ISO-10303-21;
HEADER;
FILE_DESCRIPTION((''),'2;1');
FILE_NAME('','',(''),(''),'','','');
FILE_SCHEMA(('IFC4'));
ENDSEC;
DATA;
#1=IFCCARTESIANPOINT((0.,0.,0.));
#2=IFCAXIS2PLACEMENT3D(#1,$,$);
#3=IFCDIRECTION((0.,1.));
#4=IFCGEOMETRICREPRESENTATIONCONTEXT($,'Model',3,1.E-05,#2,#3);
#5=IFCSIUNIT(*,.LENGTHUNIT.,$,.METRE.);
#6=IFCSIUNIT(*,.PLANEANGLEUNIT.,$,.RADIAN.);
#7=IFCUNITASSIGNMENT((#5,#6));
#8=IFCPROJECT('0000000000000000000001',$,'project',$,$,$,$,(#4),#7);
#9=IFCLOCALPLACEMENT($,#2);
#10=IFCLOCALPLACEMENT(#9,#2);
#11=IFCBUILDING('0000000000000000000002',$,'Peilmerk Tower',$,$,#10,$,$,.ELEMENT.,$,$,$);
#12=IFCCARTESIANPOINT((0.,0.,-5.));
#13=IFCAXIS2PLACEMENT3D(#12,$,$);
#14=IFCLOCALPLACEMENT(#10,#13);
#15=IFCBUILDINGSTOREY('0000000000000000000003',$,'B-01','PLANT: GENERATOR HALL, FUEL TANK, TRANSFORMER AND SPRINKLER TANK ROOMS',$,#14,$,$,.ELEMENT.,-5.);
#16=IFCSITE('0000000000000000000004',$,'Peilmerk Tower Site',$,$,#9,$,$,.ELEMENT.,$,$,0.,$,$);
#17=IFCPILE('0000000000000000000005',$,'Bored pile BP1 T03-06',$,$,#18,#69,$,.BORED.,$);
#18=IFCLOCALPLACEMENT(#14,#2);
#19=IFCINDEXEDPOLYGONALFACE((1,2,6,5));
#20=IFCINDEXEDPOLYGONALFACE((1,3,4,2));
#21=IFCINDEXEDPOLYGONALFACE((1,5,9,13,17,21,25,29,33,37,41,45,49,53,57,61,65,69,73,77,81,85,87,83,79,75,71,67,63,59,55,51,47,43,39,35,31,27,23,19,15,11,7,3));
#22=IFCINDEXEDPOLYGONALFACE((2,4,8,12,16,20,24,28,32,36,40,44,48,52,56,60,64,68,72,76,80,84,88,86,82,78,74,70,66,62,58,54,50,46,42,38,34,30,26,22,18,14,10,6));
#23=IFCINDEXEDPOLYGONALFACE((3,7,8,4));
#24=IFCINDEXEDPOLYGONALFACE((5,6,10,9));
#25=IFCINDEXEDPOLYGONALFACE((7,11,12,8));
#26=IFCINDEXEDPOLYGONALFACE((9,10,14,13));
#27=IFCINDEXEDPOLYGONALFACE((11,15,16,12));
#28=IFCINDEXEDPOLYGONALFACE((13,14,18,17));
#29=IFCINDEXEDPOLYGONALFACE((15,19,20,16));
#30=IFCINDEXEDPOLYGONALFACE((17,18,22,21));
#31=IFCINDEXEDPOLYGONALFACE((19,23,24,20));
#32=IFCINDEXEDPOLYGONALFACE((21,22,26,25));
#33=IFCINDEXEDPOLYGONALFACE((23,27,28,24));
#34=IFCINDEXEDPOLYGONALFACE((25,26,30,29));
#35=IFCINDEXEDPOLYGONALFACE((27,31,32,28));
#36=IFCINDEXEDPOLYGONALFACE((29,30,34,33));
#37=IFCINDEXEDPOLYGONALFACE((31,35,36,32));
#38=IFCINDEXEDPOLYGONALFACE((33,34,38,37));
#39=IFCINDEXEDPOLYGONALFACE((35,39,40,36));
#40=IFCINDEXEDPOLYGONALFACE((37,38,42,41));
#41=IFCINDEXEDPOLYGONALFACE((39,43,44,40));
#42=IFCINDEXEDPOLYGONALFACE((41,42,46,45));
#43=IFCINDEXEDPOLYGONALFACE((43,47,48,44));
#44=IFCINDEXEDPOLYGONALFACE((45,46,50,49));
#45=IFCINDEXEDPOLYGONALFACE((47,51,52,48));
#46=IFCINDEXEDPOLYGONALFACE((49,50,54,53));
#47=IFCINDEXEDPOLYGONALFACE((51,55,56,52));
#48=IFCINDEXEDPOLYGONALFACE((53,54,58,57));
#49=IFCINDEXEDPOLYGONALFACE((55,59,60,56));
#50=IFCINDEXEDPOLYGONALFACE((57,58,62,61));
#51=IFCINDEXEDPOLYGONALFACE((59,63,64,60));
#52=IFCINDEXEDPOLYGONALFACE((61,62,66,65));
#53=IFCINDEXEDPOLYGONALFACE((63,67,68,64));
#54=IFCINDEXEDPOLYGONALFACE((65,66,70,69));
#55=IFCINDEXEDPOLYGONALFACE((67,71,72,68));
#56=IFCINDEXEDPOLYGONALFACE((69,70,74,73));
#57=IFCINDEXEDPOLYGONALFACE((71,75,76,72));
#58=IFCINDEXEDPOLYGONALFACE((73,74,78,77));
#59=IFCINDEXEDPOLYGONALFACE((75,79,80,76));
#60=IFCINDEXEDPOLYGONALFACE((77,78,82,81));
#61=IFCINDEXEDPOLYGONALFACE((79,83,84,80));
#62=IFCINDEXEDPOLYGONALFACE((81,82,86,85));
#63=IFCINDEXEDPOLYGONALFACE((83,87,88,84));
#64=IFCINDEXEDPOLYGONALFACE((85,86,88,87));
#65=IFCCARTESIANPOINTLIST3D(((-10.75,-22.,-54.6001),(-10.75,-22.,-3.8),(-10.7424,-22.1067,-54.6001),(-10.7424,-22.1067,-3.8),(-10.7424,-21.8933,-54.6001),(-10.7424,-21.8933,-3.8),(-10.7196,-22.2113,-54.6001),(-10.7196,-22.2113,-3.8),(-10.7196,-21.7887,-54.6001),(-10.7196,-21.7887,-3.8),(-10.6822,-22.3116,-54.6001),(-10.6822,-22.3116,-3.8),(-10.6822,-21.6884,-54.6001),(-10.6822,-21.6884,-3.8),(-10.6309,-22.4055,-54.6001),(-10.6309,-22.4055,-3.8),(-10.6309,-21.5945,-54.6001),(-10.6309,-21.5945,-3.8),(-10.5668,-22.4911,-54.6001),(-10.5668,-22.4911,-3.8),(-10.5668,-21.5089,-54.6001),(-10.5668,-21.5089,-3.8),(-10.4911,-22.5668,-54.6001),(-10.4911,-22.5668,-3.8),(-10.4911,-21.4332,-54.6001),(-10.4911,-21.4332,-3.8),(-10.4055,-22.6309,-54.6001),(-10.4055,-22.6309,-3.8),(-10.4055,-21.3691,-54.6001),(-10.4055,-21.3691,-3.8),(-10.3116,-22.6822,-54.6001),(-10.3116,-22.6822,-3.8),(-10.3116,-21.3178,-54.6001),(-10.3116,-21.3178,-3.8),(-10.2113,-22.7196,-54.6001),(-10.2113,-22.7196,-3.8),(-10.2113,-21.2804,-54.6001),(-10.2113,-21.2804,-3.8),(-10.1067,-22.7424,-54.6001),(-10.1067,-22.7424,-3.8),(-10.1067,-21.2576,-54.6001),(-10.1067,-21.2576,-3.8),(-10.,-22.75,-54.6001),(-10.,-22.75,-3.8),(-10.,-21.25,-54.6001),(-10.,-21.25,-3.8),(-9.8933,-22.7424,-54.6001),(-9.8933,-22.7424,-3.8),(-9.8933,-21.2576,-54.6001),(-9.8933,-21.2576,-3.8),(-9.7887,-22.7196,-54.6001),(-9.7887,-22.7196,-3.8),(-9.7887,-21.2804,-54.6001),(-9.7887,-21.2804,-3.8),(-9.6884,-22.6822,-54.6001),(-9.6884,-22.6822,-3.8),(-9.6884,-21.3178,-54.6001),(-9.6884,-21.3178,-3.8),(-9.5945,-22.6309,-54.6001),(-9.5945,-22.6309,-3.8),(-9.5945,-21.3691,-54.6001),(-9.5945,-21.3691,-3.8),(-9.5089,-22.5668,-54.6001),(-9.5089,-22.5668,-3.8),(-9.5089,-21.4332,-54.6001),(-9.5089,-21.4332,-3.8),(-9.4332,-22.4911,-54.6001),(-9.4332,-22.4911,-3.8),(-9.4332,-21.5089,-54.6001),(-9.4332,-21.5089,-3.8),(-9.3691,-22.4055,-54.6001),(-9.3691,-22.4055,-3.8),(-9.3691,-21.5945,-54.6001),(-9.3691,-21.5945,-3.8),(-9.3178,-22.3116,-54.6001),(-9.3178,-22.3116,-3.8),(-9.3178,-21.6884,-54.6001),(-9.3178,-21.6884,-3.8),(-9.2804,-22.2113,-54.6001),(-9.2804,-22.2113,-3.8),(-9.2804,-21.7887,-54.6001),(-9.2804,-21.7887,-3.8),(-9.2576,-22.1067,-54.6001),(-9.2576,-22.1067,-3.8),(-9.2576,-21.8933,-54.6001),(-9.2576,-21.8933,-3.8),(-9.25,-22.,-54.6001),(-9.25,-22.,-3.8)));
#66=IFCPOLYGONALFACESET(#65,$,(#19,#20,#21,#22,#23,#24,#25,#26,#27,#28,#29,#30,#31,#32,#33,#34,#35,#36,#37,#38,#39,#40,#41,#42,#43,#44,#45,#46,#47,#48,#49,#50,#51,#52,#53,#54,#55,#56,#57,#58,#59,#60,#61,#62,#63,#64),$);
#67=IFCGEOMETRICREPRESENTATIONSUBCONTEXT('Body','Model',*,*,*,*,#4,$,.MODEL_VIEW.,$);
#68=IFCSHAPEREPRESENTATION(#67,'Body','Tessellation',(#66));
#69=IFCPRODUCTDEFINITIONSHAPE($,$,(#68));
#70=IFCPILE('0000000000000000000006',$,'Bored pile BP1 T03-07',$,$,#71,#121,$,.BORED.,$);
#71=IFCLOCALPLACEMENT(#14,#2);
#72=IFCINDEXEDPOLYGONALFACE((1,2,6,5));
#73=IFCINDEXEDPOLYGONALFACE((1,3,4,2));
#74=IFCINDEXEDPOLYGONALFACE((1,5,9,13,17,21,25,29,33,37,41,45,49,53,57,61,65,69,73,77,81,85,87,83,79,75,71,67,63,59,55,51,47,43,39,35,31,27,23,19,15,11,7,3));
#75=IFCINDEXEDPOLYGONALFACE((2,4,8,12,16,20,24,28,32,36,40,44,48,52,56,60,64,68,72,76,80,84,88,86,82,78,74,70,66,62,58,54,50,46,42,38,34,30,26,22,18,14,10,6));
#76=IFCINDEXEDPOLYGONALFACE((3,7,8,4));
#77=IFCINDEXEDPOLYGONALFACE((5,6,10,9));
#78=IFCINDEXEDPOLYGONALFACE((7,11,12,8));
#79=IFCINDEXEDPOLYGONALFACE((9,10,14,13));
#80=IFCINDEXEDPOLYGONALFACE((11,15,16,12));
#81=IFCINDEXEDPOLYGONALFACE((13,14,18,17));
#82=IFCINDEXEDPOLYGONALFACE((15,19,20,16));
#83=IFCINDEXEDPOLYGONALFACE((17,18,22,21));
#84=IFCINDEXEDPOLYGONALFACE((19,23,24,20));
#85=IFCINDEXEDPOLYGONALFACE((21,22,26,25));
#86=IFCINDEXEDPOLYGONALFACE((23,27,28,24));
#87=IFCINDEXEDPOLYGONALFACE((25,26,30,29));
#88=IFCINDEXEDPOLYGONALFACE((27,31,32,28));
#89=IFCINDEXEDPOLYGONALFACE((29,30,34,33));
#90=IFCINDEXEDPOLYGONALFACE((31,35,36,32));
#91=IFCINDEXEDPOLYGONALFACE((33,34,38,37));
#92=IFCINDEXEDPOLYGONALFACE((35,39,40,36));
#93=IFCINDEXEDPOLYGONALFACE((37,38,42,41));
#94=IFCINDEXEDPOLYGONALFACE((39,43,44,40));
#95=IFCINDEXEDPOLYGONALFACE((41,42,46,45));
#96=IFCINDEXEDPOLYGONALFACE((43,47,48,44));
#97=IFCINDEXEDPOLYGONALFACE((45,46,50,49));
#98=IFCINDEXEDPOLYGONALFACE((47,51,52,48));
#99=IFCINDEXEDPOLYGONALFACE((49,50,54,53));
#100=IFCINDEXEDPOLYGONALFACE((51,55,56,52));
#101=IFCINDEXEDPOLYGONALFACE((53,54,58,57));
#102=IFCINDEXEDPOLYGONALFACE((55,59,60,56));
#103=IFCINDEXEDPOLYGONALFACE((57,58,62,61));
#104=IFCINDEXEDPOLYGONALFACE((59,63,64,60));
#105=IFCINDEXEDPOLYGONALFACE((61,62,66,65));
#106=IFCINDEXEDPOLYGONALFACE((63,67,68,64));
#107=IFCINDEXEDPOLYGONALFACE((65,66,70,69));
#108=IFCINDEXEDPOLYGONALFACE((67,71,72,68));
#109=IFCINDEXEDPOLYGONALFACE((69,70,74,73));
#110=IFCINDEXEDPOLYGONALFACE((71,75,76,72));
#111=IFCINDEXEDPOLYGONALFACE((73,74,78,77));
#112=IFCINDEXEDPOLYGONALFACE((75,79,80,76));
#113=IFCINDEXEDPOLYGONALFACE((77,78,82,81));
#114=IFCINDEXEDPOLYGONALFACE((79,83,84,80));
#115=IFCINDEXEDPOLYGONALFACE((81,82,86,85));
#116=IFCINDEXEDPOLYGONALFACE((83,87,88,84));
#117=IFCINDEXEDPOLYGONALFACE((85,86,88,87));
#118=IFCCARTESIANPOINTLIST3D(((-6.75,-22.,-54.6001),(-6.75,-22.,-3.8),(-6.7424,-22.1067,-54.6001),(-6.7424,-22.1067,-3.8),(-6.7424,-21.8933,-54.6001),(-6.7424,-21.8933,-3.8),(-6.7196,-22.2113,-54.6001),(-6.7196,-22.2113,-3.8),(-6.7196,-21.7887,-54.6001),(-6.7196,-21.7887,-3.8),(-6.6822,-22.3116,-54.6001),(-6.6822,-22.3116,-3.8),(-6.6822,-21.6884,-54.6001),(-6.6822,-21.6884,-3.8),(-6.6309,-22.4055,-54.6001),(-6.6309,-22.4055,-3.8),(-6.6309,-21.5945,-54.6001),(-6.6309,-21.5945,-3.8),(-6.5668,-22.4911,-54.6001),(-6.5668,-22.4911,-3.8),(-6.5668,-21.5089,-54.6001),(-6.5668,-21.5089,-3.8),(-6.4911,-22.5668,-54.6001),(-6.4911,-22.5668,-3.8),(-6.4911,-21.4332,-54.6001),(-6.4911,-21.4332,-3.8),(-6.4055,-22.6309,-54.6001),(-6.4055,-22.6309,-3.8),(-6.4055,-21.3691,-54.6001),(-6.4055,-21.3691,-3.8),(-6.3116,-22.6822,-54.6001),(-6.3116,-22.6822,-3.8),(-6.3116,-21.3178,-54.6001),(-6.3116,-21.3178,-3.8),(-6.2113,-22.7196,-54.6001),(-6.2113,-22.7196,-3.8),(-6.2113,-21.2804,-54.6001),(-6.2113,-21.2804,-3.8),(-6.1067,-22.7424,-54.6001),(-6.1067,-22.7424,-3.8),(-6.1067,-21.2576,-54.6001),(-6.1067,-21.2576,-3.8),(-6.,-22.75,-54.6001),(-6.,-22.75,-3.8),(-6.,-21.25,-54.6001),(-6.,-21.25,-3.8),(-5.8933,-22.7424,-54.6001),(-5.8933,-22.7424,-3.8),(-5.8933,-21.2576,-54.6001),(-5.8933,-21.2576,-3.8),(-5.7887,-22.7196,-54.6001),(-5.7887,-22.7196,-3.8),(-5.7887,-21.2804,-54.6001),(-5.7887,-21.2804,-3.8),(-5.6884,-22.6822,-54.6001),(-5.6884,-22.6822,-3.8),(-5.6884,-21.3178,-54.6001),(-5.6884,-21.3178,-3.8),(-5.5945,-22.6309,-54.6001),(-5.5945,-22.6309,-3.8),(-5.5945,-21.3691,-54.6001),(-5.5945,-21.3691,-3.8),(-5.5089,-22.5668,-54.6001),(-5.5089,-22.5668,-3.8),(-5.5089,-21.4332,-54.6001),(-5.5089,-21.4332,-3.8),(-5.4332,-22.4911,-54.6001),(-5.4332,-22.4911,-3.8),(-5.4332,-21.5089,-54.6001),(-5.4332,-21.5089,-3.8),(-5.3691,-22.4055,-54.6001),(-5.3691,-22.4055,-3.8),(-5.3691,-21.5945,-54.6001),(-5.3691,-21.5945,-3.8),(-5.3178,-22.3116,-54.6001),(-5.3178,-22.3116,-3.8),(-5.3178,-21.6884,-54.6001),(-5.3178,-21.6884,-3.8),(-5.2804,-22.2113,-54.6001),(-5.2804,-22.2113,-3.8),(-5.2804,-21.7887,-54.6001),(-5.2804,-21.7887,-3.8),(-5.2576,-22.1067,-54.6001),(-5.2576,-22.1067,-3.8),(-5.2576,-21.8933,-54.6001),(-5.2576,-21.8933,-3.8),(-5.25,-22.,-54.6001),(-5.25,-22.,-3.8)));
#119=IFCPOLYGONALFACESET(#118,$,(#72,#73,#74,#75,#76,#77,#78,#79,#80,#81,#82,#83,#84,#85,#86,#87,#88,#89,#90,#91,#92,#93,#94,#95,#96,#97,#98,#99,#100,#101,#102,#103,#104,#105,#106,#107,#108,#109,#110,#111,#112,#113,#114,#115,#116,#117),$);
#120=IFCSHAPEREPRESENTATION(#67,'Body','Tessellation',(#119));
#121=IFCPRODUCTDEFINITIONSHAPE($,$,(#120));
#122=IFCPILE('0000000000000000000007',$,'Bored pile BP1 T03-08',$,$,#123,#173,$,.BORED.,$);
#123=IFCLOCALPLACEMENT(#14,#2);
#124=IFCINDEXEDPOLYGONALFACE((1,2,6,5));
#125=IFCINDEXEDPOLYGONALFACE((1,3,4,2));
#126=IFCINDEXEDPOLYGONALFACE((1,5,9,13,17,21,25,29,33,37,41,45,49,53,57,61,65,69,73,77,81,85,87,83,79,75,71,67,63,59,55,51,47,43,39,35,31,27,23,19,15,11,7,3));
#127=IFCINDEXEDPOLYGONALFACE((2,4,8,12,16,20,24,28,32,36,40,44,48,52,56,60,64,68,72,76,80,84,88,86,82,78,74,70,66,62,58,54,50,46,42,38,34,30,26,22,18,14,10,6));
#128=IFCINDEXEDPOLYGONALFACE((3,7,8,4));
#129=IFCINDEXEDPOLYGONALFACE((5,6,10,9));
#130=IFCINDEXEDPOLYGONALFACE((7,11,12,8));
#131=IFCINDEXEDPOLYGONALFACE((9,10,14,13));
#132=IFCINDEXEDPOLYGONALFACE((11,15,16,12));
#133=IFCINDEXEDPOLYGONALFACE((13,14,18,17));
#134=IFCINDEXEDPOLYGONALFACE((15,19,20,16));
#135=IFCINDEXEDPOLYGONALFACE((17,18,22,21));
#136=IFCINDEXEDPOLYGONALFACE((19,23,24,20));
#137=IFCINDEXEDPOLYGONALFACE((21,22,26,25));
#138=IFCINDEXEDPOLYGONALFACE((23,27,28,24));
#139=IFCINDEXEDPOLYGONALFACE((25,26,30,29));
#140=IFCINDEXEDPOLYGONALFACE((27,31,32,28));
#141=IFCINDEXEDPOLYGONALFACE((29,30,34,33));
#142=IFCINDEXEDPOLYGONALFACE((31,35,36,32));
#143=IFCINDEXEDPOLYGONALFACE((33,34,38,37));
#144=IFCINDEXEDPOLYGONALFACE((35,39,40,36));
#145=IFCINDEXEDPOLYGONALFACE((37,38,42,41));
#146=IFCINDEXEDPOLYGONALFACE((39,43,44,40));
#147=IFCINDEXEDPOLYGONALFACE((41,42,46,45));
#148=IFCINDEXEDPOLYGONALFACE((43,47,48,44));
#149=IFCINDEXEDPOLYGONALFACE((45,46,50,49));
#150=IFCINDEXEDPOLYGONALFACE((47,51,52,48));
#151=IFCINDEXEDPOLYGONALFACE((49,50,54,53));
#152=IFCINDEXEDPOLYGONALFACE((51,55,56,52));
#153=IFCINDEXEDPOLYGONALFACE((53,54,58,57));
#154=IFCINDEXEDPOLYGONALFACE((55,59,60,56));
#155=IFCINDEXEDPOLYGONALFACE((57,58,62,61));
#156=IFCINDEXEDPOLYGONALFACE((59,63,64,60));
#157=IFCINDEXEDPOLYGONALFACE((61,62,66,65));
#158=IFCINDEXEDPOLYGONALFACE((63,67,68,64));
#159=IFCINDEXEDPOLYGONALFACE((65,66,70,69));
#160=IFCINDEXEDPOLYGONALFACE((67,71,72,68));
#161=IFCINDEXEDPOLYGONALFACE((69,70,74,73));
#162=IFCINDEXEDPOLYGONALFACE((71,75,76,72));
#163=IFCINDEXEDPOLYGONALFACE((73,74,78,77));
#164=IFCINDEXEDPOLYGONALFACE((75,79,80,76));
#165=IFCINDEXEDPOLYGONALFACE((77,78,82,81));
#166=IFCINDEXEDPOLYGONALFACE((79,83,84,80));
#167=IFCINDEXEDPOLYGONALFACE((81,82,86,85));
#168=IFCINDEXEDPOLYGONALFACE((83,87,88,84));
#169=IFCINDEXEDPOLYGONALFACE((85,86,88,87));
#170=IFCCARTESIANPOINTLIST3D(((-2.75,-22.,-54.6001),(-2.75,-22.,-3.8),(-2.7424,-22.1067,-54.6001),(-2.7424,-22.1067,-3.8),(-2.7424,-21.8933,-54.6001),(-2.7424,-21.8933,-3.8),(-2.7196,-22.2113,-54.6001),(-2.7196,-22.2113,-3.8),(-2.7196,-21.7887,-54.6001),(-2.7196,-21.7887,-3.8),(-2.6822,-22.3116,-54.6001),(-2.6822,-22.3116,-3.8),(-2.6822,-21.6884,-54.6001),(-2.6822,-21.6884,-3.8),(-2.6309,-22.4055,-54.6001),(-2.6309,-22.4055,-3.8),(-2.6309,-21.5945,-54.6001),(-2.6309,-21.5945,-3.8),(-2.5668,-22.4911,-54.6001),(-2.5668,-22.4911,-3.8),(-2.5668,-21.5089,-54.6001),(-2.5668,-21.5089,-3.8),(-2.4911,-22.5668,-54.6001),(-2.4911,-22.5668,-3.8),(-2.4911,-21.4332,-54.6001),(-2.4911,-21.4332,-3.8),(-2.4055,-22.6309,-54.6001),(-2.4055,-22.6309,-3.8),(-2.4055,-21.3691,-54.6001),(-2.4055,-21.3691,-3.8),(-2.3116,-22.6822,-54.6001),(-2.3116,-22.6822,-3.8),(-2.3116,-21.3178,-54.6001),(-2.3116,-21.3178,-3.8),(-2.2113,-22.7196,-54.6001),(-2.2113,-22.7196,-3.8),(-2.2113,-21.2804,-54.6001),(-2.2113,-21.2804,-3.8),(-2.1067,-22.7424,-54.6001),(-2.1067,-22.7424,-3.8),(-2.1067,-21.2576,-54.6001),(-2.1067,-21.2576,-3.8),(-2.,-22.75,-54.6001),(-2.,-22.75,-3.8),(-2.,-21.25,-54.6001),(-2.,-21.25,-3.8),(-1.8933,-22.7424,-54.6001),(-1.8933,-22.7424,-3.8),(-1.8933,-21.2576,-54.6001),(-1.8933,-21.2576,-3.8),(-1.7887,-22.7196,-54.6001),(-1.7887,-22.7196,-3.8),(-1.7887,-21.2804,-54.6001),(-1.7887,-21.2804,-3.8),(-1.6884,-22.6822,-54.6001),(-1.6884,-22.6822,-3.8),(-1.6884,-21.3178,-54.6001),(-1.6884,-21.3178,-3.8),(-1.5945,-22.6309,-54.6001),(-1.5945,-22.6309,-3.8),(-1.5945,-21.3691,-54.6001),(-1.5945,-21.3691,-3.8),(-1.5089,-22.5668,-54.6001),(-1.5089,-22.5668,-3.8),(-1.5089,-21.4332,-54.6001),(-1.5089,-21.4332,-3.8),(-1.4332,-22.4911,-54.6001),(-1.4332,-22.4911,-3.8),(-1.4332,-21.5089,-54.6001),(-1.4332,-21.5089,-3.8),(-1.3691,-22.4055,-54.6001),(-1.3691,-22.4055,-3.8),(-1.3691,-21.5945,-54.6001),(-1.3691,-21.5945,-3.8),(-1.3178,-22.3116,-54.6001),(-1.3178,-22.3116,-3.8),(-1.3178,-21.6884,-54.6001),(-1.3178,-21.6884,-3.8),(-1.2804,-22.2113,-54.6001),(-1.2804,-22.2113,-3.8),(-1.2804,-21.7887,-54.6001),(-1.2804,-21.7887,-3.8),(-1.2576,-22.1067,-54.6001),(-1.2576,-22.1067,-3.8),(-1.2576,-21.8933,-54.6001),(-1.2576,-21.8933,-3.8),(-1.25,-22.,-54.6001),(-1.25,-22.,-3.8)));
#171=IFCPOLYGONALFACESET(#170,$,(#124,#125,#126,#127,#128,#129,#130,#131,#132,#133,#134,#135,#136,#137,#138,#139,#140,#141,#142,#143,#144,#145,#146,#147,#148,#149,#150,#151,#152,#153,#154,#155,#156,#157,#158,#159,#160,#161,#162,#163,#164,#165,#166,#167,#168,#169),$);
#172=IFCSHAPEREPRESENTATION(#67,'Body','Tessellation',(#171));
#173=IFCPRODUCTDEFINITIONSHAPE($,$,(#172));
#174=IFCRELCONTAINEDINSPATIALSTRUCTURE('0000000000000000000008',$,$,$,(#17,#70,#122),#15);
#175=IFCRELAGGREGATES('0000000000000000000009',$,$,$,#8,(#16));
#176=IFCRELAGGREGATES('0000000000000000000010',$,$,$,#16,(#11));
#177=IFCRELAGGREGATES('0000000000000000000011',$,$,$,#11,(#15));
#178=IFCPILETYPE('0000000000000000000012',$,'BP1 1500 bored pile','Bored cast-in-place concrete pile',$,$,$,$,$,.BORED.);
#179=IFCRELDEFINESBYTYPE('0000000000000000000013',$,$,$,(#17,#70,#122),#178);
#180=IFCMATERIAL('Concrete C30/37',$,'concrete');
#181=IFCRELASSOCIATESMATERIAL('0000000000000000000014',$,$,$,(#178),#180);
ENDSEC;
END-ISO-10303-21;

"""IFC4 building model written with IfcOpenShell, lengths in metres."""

from ifc_helpers import new_model, si_unit, direction, frame, origin, origin_2d, place, context, subcontext, project, spatial, circle, extrude, material, material_profile, profile_set, type_object, element, save


model = new_model("IFC4")

# Units and contexts
model_context = context("Model", 3, precision=1e-05, world=origin(), true_north=direction((0.0, 1.0)))
body_context = subcontext(model_context, "Body", "Model", "MODEL_VIEW")
ifc_project = project(units=[si_unit("LENGTHUNIT", "METRE"), si_unit("PLANEANGLEUNIT", "RADIAN")], contexts=[model_context])

# Site, building, storey
site_placement = place(None, origin())
site = spatial("IfcSite", under=ifc_project, at=site_placement, Name="Peilmerk Tower Site", CompositionType="ELEMENT", RefElevation=0.0)
building_placement = place(site_placement, origin())
building = spatial("IfcBuilding", under=site, at=building_placement, Name="Peilmerk Tower", CompositionType="ELEMENT")
storey_placement = place(building_placement, frame((0.0, 0.0, -5.0)))
storey = spatial("IfcBuildingStorey", under=building, at=storey_placement, Name="B-01", Description="PLANT: GENERATOR HALL, FUEL TANK, TRANSFORMER AND SPRINKLER TANK ROOMS", CompositionType="ELEMENT", Elevation=-5.0)

# Piles
ifc_material_1 = material(Name="Concrete C30/37", Category="concrete")
ifc_material_profile_1 = material_profile(ifc_material_1, circle(Radius=0.75, at=origin_2d()), Name="BP 1500")
ifc_profile_set_1 = profile_set([ifc_material_profile_1], Name="Concrete C30/37")
pile_type = type_object("IfcPileType", Name="BP1 1500 bored pile", Description="Bored cast-in-place concrete pile", PredefinedType="BORED", material=ifc_profile_set_1)
for number, where, z_axis, x_axis, name in (
    (1, (-10.0, -22.0, -3.8), (0.0, 0.0, -1.0), (1.0, 0.0, 0.0), "Bored pile BP1 T03-06"),
    (2, (-6.0, -22.0, -3.8), (0.0, 0.0, -1.0), (1.0, 0.0, 0.0), "Bored pile BP1 T03-07"),
    (3, (-2.0, -22.0, -3.8), (0.0, 0.0, -1.0), (1.0, 0.0, 0.0), "Bored pile BP1 T03-08"),
):
    element("IfcPile", number, at=place(storey_placement, frame(where, z_axis=z_axis, x_axis=x_axis)), inside=storey, type_object=pile_type, Name=name, PredefinedType="BORED", context=body_context, shape_type="SweptSolid", body=[
        extrude(circle(Radius=0.75, at=origin_2d()), origin(), (0.0, 0.0, 1.0), 50.8),
    ])

save(model, "model.ifc")
